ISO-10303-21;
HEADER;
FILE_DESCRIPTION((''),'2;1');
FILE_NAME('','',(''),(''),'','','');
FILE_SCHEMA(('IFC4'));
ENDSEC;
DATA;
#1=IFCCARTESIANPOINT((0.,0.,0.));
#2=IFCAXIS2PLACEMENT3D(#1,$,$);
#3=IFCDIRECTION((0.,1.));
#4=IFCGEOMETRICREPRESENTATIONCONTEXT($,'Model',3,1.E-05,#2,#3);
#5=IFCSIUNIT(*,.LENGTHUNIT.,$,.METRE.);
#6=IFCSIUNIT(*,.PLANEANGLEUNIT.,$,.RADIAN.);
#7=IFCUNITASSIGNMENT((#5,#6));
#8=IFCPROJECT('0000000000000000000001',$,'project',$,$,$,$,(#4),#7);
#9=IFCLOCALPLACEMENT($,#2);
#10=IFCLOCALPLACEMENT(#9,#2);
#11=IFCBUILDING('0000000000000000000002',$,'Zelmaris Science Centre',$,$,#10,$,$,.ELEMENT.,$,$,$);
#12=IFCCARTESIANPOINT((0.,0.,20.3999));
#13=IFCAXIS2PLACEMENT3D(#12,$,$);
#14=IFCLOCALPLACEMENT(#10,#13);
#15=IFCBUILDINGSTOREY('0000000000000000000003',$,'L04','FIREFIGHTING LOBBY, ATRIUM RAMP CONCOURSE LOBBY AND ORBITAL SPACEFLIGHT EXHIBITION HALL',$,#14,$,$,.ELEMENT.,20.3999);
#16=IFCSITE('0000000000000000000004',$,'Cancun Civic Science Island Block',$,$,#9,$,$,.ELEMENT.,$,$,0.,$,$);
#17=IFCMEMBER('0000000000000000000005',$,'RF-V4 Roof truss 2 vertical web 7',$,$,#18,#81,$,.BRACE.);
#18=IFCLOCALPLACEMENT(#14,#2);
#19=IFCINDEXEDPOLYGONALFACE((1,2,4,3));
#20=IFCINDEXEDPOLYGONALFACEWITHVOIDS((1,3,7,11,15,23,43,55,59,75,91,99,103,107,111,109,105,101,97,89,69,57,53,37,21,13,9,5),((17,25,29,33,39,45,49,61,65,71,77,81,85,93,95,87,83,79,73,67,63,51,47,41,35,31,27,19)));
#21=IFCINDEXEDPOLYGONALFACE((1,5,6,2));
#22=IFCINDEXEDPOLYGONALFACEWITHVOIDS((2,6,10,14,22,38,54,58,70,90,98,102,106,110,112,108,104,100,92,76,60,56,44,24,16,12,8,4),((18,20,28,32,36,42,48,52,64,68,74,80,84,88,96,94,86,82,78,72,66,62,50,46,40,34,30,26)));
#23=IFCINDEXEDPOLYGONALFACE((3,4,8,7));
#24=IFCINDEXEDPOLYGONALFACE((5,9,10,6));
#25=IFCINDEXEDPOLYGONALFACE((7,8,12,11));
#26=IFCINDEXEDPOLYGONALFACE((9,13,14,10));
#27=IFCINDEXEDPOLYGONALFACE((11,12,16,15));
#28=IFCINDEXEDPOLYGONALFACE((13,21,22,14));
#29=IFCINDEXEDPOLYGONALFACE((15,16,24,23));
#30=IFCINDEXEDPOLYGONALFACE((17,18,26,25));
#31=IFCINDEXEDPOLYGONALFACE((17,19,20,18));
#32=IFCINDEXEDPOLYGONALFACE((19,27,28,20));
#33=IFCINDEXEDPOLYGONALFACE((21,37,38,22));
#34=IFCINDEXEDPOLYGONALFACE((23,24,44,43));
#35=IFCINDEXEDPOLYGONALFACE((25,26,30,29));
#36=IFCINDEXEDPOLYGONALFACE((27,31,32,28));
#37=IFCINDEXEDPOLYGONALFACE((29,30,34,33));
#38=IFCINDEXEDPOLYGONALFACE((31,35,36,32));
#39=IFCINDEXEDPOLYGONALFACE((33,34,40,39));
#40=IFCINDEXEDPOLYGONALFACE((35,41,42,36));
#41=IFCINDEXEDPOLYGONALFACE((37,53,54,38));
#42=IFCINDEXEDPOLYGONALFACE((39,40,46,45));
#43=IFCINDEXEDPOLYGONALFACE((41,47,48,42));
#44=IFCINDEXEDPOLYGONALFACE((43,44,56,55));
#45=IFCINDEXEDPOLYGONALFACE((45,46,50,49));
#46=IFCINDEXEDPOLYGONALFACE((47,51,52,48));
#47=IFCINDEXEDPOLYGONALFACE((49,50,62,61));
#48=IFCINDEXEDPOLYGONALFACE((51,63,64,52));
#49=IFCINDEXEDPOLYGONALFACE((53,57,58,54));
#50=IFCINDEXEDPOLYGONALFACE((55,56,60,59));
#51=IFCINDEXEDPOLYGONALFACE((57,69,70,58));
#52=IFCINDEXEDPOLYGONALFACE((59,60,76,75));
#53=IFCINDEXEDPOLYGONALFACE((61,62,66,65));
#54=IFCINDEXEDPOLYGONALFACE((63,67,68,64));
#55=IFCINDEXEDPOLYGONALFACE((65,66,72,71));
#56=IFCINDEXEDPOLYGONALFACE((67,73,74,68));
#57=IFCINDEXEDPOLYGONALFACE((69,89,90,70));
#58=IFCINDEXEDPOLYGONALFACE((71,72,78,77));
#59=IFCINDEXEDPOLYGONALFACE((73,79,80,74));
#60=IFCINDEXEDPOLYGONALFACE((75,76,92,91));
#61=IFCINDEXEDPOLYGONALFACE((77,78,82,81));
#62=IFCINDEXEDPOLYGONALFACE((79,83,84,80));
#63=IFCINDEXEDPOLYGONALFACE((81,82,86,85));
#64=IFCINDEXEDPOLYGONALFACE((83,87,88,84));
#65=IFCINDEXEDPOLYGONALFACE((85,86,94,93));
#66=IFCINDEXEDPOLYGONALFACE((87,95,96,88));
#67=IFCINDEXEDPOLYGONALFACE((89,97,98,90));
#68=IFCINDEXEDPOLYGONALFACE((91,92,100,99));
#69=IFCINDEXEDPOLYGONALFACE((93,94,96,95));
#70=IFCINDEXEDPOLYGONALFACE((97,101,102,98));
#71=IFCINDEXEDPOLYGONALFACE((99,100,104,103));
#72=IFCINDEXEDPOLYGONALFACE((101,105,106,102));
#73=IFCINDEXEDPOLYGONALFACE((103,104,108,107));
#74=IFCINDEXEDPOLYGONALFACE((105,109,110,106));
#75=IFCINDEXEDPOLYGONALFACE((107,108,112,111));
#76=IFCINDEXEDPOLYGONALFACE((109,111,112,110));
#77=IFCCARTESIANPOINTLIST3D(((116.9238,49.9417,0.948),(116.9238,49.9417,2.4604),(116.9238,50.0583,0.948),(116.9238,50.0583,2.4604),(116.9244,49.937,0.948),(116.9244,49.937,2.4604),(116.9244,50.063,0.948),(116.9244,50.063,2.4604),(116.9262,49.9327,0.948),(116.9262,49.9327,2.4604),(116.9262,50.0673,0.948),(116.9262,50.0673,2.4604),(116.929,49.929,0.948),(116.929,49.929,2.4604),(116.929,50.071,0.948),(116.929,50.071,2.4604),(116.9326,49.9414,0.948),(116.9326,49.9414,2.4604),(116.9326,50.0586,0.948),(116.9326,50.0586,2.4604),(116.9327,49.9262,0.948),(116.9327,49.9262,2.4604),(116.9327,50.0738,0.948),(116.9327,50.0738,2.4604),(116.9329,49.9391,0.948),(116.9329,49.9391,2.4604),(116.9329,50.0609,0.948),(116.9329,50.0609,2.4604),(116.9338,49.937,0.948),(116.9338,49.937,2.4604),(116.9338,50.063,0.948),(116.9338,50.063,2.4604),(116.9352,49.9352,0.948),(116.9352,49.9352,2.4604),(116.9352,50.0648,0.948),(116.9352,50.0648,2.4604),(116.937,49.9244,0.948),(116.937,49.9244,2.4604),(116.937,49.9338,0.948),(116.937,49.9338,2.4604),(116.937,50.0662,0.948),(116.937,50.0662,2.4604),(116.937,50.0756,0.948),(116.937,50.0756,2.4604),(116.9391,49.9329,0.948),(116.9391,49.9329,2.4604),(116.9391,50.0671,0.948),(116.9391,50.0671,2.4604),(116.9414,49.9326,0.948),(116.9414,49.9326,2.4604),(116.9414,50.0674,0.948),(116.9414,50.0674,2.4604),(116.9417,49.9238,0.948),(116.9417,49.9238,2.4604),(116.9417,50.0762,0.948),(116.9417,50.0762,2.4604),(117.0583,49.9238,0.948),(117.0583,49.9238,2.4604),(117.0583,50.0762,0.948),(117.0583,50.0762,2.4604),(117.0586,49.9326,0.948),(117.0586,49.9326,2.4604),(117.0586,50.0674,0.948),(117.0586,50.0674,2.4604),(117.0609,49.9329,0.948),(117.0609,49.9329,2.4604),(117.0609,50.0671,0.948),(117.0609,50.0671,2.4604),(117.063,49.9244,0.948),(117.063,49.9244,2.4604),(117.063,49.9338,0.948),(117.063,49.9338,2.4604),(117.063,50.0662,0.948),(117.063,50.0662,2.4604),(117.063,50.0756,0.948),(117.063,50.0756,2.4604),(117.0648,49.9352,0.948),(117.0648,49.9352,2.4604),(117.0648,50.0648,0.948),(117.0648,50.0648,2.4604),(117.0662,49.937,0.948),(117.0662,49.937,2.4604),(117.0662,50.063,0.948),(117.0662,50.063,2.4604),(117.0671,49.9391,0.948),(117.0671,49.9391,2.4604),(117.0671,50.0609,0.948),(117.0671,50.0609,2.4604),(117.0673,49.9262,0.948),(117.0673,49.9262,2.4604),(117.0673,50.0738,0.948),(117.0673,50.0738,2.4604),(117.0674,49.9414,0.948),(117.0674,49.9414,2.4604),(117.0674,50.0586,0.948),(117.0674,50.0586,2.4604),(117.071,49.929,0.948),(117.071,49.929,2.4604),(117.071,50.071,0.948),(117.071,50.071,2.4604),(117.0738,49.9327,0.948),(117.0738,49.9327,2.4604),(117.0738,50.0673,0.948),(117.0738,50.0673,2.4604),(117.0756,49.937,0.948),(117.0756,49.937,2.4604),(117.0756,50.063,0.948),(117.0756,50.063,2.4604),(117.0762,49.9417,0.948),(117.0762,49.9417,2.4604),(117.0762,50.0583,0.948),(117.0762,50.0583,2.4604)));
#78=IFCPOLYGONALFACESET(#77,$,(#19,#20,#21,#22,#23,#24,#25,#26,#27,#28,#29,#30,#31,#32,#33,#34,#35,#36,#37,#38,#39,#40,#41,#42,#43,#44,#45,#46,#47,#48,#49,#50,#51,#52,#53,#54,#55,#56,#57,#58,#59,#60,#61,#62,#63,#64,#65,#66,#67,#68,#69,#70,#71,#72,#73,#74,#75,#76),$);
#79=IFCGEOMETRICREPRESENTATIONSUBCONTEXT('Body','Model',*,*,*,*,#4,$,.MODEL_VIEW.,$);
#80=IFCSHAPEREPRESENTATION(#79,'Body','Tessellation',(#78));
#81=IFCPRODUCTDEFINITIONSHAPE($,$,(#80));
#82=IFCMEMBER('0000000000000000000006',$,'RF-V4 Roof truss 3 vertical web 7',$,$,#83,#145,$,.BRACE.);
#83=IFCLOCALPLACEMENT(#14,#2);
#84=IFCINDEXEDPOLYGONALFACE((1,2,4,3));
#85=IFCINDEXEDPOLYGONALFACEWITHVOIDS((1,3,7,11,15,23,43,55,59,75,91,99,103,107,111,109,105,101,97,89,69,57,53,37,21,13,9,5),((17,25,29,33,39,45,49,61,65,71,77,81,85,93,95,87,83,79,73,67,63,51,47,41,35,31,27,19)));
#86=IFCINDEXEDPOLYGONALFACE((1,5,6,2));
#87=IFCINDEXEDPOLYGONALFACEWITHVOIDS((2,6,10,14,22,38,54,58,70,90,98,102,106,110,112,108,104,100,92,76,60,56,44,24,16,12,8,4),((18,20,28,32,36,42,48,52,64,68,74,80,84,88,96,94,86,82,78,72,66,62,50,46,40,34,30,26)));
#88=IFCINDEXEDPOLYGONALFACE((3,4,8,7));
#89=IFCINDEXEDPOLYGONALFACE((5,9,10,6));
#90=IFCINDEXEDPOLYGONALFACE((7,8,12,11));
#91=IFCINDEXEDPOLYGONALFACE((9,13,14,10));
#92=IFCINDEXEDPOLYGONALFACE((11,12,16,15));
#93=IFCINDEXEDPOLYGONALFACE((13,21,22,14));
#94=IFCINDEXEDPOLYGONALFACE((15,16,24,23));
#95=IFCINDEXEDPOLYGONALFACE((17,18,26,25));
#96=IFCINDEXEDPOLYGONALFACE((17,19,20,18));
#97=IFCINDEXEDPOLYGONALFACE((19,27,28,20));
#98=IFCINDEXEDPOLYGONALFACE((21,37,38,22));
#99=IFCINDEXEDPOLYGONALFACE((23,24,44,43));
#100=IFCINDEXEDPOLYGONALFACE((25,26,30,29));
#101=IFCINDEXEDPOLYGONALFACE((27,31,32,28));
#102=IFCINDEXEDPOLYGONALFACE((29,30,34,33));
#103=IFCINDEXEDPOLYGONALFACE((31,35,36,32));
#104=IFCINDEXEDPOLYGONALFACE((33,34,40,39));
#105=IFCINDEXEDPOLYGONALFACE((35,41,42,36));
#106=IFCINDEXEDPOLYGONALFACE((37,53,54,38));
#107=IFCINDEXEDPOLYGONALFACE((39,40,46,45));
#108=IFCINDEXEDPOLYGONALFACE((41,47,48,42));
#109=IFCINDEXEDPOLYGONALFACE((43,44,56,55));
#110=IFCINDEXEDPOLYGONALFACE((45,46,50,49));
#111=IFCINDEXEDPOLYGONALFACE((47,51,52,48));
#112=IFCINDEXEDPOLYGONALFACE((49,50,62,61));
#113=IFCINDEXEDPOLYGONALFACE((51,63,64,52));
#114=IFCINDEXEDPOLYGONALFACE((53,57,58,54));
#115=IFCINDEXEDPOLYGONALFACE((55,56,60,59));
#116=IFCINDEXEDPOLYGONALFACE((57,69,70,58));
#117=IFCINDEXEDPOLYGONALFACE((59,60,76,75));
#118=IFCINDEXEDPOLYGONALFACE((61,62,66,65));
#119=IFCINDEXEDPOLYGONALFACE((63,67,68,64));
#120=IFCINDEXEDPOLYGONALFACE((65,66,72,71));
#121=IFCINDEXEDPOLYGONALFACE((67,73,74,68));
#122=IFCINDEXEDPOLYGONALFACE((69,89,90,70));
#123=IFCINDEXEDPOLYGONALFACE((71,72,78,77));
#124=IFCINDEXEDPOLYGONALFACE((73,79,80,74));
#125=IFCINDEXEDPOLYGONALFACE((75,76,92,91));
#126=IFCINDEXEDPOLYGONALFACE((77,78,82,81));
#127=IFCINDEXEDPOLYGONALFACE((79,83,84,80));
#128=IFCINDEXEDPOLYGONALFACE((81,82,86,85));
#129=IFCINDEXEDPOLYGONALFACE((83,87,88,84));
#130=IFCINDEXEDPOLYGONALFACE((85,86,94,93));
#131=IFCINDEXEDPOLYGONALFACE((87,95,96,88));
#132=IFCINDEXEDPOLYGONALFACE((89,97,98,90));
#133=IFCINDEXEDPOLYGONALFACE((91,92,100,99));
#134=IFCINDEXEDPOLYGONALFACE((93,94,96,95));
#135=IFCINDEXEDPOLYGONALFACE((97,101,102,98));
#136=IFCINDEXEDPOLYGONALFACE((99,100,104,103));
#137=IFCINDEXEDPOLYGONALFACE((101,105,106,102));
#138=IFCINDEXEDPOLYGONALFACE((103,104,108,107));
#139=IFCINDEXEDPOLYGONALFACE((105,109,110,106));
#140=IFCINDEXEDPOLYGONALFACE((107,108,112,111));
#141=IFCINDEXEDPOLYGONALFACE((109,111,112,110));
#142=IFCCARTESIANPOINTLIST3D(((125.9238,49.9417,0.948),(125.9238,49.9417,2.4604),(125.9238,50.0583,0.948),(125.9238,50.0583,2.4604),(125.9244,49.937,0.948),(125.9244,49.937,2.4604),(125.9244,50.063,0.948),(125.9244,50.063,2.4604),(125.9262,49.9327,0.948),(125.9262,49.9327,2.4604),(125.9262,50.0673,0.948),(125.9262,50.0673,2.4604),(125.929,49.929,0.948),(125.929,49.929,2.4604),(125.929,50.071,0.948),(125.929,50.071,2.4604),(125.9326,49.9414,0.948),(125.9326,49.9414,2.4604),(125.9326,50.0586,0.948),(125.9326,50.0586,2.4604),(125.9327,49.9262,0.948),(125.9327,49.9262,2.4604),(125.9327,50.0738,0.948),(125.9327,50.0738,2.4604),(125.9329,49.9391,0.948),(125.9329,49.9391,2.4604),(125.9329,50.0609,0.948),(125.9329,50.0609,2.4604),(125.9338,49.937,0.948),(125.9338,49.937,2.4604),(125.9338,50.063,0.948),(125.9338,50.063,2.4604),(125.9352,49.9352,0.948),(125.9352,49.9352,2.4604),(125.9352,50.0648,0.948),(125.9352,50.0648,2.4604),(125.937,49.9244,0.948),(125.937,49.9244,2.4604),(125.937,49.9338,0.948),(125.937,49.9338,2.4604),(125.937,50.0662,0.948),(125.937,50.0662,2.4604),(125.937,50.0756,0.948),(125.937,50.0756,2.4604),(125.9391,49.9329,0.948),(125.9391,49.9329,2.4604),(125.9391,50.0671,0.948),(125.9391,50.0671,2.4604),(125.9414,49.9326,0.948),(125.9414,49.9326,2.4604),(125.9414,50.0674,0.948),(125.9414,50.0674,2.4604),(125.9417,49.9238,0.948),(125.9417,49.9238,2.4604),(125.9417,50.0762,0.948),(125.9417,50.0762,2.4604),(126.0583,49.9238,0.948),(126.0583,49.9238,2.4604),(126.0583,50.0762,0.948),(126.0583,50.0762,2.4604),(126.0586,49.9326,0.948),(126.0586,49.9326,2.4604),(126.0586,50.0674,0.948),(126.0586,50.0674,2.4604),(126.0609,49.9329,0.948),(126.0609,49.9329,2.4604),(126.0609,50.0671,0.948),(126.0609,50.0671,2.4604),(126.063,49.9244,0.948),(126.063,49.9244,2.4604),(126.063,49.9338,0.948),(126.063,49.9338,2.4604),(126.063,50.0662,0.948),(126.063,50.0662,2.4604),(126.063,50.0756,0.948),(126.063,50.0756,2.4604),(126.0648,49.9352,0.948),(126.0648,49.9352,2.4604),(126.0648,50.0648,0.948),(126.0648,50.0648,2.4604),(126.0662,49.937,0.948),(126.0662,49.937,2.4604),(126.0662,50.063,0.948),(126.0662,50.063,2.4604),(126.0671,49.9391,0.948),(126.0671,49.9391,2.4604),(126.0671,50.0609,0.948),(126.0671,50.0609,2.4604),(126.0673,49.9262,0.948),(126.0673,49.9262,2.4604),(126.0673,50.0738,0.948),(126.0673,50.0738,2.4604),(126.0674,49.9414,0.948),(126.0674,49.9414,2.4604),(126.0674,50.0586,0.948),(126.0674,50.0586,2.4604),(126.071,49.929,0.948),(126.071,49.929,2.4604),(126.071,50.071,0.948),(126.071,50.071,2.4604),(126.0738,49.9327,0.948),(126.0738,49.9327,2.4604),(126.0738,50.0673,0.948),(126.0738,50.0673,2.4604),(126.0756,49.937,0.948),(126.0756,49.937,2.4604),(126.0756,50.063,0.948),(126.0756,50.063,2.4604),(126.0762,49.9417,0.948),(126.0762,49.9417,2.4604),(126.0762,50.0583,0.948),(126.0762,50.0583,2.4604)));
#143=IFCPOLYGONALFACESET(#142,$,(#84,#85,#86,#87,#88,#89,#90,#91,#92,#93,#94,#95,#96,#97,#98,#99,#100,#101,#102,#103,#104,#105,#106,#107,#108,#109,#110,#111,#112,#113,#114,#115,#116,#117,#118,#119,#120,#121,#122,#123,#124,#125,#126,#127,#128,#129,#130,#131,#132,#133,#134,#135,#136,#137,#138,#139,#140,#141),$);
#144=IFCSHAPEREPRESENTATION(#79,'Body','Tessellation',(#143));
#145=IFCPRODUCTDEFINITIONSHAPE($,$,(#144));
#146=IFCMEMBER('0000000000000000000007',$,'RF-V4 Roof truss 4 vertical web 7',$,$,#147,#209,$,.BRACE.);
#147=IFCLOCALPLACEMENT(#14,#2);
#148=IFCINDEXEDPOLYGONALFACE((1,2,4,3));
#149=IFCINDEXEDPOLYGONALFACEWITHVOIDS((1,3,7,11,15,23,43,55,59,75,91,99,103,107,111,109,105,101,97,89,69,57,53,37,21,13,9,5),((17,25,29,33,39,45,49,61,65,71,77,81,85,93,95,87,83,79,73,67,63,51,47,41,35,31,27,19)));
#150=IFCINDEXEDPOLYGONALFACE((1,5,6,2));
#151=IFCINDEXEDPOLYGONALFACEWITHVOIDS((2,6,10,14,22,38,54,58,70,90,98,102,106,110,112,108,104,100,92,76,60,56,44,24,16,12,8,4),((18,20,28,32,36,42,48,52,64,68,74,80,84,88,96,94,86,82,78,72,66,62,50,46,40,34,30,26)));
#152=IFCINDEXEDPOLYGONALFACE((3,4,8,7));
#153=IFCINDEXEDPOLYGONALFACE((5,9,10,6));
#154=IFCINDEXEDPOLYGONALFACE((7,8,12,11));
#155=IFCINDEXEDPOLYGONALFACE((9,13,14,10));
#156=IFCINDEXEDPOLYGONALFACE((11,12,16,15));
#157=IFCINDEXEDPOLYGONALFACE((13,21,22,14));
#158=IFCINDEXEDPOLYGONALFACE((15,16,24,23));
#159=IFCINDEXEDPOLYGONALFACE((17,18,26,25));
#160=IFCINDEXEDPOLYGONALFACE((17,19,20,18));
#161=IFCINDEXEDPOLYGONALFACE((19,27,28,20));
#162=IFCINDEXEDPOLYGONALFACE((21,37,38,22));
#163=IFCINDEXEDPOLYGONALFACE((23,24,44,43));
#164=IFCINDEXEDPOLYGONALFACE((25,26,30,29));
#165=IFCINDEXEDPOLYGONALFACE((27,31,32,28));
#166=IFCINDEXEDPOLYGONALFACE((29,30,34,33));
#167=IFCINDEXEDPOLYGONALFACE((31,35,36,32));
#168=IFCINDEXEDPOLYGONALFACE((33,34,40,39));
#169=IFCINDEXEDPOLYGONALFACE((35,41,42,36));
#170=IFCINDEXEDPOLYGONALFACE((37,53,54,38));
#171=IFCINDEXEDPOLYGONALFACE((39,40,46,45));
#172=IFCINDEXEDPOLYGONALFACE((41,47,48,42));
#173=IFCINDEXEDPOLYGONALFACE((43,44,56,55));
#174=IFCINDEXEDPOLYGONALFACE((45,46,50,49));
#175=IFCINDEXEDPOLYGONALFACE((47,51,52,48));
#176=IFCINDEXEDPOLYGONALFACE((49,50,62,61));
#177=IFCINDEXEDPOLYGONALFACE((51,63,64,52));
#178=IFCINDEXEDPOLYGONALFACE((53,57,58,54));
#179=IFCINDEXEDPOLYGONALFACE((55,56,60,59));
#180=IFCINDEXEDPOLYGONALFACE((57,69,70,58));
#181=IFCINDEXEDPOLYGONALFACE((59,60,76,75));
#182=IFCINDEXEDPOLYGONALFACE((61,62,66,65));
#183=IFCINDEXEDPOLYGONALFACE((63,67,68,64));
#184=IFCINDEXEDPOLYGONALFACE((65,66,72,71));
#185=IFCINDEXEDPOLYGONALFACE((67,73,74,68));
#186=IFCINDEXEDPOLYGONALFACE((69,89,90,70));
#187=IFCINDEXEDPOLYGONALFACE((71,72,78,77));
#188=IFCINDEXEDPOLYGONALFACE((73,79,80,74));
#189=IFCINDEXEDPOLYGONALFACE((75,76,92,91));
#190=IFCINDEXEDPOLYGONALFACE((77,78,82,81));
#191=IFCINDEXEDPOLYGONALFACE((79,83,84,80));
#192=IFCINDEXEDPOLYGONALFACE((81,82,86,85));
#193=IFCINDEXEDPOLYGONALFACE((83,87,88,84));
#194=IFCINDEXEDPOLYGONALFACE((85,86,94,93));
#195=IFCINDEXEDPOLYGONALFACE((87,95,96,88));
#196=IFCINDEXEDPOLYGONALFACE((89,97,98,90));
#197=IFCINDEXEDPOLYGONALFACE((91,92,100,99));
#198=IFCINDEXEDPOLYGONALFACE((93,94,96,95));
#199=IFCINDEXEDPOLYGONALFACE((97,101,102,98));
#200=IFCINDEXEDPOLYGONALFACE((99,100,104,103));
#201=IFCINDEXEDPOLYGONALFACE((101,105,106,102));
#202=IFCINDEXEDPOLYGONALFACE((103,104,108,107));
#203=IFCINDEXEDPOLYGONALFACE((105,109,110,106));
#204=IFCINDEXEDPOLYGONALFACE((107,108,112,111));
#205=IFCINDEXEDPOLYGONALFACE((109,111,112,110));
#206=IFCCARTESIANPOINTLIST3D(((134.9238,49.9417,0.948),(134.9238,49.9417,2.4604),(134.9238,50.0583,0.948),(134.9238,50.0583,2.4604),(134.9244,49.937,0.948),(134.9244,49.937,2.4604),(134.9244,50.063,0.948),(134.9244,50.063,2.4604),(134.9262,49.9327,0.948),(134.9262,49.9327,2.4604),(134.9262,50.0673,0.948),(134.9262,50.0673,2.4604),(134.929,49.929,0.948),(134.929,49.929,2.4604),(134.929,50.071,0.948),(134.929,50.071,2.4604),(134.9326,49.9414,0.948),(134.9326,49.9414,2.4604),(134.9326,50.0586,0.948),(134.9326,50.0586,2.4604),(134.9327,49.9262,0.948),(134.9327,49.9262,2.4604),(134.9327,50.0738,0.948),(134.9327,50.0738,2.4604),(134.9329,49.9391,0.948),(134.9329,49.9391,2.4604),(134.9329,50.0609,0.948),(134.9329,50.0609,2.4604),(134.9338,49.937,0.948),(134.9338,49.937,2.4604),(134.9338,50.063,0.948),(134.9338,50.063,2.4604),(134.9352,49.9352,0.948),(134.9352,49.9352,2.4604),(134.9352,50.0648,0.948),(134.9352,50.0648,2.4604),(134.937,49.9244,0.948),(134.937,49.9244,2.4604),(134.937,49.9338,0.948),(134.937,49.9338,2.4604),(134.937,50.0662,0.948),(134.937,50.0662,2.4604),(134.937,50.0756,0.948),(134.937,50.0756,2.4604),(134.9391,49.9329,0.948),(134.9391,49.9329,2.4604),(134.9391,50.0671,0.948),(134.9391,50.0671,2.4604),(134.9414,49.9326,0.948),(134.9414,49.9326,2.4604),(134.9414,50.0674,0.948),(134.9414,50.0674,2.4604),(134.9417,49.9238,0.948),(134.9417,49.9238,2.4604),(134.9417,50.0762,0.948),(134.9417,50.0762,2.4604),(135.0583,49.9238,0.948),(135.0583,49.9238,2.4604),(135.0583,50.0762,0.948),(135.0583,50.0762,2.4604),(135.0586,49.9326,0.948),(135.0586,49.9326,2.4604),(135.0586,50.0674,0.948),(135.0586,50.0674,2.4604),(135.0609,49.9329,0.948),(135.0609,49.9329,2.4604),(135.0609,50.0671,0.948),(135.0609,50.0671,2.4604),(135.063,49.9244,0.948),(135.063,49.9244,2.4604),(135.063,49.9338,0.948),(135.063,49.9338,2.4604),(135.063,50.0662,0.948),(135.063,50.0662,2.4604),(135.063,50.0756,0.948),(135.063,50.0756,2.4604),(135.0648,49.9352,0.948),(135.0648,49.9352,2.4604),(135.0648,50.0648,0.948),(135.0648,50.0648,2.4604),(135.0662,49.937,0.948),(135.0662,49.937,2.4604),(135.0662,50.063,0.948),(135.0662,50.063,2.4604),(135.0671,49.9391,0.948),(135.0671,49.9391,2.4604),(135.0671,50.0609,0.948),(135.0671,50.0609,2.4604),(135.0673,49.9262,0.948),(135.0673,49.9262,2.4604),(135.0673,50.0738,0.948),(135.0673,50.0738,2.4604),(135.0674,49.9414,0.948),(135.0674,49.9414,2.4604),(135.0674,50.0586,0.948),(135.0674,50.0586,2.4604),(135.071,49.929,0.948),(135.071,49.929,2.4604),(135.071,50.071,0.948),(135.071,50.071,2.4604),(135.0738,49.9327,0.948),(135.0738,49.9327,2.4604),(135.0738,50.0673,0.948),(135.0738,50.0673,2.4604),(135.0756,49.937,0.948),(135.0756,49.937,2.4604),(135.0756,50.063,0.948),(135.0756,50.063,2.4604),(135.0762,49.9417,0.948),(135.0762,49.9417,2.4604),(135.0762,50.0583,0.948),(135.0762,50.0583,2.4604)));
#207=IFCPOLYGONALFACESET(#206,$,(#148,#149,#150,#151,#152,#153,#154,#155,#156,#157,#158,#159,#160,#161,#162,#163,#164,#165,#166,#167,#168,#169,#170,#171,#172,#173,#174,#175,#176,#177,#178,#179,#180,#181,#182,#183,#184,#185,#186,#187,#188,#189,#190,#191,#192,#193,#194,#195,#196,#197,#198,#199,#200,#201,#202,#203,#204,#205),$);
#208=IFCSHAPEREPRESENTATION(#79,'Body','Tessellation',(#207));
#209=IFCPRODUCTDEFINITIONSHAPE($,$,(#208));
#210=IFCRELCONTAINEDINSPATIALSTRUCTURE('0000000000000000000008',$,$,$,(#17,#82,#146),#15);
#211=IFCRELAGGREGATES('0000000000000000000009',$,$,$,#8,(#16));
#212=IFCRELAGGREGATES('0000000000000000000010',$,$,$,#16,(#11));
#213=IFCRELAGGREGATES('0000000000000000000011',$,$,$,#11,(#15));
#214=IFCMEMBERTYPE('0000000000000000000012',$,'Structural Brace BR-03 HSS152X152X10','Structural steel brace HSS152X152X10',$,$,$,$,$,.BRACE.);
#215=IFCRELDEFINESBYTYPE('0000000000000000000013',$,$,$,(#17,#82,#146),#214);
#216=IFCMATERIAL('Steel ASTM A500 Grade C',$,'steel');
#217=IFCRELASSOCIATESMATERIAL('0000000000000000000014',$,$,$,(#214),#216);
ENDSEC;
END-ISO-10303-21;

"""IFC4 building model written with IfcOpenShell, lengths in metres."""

from ifc_helpers import new_model, si_unit, direction, frame, origin, origin_2d, place, context, subcontext, project, spatial, hollow_rectangle, extrude, material, material_profile, profile_set, type_object, element, save


model = new_model("IFC4")

# Units and contexts
model_context = context("Model", 3, precision=1e-05, world=origin(), true_north=direction((0.0, 1.0)))
body_context = subcontext(model_context, "Body", "Model", "MODEL_VIEW")
ifc_project = project(units=[si_unit("LENGTHUNIT", "METRE"), si_unit("PLANEANGLEUNIT", "RADIAN")], contexts=[model_context])

# Site, building, storey
site_placement = place(None, origin())
site = spatial("IfcSite", under=ifc_project, at=site_placement, Name="Cancun Civic Science Island Block", CompositionType="ELEMENT", RefElevation=0.0)
building_placement = place(site_placement, origin())
building = spatial("IfcBuilding", under=site, at=building_placement, Name="Zelmaris Science Centre", CompositionType="ELEMENT")
storey_placement = place(building_placement, frame((0.0, 0.0, 20.3999)))
storey = spatial("IfcBuildingStorey", under=building, at=storey_placement, Name="L04", Description="FIREFIGHTING LOBBY, ATRIUM RAMP CONCOURSE LOBBY AND ORBITAL SPACEFLIGHT EXHIBITION HALL", CompositionType="ELEMENT", Elevation=20.3999)

# Members
ifc_material_1 = material(Name="Steel ASTM A500 Grade C", Category="steel")
ifc_material_profile_1 = material_profile(ifc_material_1, hollow_rectangle(XDim=0.1523, YDim=0.1523, WallThickness=0.0088, InnerFilletRadius=0.0088, OuterFilletRadius=0.0178, at=origin_2d()), Name="HSS152X152X10")
ifc_profile_set_1 = profile_set([ifc_material_profile_1], Name="Steel ASTM A500 Grade C")
member_type_1 = type_object("IfcMemberType", Name="Structural Brace BR-03 HSS152X152X10", Description="Structural steel brace HSS152X152X10", PredefinedType="BRACE", material=ifc_profile_set_1)
for number, where, z_axis, x_axis, name in (
    (1, (117.0, 50.0, 0.948), (0.0, 0.0, 1.0), (1.0, 0.0, 0.0), "RF-V4 Roof truss 2 vertical web 7"),
    (2, (126.0, 50.0, 0.948), (0.0, 0.0, 1.0), (1.0, 0.0, 0.0), "RF-V4 Roof truss 3 vertical web 7"),
    (3, (135.0, 50.0, 0.948), (0.0, 0.0, 1.0), (1.0, 0.0, 0.0), "RF-V4 Roof truss 4 vertical web 7"),
):
    element("IfcMember", number, at=place(storey_placement, frame(where, z_axis=z_axis, x_axis=x_axis)), inside=storey, type_object=member_type_1, Name=name, PredefinedType="BRACE", context=body_context, shape_type="SweptSolid", body=[
        extrude(hollow_rectangle(XDim=0.1523, YDim=0.1523, WallThickness=0.0088, InnerFilletRadius=0.0088, OuterFilletRadius=0.0178, at=origin_2d()), origin(), (0.0, 0.0, 1.0), 1.5125),
    ])

save(model, "model.ifc")
